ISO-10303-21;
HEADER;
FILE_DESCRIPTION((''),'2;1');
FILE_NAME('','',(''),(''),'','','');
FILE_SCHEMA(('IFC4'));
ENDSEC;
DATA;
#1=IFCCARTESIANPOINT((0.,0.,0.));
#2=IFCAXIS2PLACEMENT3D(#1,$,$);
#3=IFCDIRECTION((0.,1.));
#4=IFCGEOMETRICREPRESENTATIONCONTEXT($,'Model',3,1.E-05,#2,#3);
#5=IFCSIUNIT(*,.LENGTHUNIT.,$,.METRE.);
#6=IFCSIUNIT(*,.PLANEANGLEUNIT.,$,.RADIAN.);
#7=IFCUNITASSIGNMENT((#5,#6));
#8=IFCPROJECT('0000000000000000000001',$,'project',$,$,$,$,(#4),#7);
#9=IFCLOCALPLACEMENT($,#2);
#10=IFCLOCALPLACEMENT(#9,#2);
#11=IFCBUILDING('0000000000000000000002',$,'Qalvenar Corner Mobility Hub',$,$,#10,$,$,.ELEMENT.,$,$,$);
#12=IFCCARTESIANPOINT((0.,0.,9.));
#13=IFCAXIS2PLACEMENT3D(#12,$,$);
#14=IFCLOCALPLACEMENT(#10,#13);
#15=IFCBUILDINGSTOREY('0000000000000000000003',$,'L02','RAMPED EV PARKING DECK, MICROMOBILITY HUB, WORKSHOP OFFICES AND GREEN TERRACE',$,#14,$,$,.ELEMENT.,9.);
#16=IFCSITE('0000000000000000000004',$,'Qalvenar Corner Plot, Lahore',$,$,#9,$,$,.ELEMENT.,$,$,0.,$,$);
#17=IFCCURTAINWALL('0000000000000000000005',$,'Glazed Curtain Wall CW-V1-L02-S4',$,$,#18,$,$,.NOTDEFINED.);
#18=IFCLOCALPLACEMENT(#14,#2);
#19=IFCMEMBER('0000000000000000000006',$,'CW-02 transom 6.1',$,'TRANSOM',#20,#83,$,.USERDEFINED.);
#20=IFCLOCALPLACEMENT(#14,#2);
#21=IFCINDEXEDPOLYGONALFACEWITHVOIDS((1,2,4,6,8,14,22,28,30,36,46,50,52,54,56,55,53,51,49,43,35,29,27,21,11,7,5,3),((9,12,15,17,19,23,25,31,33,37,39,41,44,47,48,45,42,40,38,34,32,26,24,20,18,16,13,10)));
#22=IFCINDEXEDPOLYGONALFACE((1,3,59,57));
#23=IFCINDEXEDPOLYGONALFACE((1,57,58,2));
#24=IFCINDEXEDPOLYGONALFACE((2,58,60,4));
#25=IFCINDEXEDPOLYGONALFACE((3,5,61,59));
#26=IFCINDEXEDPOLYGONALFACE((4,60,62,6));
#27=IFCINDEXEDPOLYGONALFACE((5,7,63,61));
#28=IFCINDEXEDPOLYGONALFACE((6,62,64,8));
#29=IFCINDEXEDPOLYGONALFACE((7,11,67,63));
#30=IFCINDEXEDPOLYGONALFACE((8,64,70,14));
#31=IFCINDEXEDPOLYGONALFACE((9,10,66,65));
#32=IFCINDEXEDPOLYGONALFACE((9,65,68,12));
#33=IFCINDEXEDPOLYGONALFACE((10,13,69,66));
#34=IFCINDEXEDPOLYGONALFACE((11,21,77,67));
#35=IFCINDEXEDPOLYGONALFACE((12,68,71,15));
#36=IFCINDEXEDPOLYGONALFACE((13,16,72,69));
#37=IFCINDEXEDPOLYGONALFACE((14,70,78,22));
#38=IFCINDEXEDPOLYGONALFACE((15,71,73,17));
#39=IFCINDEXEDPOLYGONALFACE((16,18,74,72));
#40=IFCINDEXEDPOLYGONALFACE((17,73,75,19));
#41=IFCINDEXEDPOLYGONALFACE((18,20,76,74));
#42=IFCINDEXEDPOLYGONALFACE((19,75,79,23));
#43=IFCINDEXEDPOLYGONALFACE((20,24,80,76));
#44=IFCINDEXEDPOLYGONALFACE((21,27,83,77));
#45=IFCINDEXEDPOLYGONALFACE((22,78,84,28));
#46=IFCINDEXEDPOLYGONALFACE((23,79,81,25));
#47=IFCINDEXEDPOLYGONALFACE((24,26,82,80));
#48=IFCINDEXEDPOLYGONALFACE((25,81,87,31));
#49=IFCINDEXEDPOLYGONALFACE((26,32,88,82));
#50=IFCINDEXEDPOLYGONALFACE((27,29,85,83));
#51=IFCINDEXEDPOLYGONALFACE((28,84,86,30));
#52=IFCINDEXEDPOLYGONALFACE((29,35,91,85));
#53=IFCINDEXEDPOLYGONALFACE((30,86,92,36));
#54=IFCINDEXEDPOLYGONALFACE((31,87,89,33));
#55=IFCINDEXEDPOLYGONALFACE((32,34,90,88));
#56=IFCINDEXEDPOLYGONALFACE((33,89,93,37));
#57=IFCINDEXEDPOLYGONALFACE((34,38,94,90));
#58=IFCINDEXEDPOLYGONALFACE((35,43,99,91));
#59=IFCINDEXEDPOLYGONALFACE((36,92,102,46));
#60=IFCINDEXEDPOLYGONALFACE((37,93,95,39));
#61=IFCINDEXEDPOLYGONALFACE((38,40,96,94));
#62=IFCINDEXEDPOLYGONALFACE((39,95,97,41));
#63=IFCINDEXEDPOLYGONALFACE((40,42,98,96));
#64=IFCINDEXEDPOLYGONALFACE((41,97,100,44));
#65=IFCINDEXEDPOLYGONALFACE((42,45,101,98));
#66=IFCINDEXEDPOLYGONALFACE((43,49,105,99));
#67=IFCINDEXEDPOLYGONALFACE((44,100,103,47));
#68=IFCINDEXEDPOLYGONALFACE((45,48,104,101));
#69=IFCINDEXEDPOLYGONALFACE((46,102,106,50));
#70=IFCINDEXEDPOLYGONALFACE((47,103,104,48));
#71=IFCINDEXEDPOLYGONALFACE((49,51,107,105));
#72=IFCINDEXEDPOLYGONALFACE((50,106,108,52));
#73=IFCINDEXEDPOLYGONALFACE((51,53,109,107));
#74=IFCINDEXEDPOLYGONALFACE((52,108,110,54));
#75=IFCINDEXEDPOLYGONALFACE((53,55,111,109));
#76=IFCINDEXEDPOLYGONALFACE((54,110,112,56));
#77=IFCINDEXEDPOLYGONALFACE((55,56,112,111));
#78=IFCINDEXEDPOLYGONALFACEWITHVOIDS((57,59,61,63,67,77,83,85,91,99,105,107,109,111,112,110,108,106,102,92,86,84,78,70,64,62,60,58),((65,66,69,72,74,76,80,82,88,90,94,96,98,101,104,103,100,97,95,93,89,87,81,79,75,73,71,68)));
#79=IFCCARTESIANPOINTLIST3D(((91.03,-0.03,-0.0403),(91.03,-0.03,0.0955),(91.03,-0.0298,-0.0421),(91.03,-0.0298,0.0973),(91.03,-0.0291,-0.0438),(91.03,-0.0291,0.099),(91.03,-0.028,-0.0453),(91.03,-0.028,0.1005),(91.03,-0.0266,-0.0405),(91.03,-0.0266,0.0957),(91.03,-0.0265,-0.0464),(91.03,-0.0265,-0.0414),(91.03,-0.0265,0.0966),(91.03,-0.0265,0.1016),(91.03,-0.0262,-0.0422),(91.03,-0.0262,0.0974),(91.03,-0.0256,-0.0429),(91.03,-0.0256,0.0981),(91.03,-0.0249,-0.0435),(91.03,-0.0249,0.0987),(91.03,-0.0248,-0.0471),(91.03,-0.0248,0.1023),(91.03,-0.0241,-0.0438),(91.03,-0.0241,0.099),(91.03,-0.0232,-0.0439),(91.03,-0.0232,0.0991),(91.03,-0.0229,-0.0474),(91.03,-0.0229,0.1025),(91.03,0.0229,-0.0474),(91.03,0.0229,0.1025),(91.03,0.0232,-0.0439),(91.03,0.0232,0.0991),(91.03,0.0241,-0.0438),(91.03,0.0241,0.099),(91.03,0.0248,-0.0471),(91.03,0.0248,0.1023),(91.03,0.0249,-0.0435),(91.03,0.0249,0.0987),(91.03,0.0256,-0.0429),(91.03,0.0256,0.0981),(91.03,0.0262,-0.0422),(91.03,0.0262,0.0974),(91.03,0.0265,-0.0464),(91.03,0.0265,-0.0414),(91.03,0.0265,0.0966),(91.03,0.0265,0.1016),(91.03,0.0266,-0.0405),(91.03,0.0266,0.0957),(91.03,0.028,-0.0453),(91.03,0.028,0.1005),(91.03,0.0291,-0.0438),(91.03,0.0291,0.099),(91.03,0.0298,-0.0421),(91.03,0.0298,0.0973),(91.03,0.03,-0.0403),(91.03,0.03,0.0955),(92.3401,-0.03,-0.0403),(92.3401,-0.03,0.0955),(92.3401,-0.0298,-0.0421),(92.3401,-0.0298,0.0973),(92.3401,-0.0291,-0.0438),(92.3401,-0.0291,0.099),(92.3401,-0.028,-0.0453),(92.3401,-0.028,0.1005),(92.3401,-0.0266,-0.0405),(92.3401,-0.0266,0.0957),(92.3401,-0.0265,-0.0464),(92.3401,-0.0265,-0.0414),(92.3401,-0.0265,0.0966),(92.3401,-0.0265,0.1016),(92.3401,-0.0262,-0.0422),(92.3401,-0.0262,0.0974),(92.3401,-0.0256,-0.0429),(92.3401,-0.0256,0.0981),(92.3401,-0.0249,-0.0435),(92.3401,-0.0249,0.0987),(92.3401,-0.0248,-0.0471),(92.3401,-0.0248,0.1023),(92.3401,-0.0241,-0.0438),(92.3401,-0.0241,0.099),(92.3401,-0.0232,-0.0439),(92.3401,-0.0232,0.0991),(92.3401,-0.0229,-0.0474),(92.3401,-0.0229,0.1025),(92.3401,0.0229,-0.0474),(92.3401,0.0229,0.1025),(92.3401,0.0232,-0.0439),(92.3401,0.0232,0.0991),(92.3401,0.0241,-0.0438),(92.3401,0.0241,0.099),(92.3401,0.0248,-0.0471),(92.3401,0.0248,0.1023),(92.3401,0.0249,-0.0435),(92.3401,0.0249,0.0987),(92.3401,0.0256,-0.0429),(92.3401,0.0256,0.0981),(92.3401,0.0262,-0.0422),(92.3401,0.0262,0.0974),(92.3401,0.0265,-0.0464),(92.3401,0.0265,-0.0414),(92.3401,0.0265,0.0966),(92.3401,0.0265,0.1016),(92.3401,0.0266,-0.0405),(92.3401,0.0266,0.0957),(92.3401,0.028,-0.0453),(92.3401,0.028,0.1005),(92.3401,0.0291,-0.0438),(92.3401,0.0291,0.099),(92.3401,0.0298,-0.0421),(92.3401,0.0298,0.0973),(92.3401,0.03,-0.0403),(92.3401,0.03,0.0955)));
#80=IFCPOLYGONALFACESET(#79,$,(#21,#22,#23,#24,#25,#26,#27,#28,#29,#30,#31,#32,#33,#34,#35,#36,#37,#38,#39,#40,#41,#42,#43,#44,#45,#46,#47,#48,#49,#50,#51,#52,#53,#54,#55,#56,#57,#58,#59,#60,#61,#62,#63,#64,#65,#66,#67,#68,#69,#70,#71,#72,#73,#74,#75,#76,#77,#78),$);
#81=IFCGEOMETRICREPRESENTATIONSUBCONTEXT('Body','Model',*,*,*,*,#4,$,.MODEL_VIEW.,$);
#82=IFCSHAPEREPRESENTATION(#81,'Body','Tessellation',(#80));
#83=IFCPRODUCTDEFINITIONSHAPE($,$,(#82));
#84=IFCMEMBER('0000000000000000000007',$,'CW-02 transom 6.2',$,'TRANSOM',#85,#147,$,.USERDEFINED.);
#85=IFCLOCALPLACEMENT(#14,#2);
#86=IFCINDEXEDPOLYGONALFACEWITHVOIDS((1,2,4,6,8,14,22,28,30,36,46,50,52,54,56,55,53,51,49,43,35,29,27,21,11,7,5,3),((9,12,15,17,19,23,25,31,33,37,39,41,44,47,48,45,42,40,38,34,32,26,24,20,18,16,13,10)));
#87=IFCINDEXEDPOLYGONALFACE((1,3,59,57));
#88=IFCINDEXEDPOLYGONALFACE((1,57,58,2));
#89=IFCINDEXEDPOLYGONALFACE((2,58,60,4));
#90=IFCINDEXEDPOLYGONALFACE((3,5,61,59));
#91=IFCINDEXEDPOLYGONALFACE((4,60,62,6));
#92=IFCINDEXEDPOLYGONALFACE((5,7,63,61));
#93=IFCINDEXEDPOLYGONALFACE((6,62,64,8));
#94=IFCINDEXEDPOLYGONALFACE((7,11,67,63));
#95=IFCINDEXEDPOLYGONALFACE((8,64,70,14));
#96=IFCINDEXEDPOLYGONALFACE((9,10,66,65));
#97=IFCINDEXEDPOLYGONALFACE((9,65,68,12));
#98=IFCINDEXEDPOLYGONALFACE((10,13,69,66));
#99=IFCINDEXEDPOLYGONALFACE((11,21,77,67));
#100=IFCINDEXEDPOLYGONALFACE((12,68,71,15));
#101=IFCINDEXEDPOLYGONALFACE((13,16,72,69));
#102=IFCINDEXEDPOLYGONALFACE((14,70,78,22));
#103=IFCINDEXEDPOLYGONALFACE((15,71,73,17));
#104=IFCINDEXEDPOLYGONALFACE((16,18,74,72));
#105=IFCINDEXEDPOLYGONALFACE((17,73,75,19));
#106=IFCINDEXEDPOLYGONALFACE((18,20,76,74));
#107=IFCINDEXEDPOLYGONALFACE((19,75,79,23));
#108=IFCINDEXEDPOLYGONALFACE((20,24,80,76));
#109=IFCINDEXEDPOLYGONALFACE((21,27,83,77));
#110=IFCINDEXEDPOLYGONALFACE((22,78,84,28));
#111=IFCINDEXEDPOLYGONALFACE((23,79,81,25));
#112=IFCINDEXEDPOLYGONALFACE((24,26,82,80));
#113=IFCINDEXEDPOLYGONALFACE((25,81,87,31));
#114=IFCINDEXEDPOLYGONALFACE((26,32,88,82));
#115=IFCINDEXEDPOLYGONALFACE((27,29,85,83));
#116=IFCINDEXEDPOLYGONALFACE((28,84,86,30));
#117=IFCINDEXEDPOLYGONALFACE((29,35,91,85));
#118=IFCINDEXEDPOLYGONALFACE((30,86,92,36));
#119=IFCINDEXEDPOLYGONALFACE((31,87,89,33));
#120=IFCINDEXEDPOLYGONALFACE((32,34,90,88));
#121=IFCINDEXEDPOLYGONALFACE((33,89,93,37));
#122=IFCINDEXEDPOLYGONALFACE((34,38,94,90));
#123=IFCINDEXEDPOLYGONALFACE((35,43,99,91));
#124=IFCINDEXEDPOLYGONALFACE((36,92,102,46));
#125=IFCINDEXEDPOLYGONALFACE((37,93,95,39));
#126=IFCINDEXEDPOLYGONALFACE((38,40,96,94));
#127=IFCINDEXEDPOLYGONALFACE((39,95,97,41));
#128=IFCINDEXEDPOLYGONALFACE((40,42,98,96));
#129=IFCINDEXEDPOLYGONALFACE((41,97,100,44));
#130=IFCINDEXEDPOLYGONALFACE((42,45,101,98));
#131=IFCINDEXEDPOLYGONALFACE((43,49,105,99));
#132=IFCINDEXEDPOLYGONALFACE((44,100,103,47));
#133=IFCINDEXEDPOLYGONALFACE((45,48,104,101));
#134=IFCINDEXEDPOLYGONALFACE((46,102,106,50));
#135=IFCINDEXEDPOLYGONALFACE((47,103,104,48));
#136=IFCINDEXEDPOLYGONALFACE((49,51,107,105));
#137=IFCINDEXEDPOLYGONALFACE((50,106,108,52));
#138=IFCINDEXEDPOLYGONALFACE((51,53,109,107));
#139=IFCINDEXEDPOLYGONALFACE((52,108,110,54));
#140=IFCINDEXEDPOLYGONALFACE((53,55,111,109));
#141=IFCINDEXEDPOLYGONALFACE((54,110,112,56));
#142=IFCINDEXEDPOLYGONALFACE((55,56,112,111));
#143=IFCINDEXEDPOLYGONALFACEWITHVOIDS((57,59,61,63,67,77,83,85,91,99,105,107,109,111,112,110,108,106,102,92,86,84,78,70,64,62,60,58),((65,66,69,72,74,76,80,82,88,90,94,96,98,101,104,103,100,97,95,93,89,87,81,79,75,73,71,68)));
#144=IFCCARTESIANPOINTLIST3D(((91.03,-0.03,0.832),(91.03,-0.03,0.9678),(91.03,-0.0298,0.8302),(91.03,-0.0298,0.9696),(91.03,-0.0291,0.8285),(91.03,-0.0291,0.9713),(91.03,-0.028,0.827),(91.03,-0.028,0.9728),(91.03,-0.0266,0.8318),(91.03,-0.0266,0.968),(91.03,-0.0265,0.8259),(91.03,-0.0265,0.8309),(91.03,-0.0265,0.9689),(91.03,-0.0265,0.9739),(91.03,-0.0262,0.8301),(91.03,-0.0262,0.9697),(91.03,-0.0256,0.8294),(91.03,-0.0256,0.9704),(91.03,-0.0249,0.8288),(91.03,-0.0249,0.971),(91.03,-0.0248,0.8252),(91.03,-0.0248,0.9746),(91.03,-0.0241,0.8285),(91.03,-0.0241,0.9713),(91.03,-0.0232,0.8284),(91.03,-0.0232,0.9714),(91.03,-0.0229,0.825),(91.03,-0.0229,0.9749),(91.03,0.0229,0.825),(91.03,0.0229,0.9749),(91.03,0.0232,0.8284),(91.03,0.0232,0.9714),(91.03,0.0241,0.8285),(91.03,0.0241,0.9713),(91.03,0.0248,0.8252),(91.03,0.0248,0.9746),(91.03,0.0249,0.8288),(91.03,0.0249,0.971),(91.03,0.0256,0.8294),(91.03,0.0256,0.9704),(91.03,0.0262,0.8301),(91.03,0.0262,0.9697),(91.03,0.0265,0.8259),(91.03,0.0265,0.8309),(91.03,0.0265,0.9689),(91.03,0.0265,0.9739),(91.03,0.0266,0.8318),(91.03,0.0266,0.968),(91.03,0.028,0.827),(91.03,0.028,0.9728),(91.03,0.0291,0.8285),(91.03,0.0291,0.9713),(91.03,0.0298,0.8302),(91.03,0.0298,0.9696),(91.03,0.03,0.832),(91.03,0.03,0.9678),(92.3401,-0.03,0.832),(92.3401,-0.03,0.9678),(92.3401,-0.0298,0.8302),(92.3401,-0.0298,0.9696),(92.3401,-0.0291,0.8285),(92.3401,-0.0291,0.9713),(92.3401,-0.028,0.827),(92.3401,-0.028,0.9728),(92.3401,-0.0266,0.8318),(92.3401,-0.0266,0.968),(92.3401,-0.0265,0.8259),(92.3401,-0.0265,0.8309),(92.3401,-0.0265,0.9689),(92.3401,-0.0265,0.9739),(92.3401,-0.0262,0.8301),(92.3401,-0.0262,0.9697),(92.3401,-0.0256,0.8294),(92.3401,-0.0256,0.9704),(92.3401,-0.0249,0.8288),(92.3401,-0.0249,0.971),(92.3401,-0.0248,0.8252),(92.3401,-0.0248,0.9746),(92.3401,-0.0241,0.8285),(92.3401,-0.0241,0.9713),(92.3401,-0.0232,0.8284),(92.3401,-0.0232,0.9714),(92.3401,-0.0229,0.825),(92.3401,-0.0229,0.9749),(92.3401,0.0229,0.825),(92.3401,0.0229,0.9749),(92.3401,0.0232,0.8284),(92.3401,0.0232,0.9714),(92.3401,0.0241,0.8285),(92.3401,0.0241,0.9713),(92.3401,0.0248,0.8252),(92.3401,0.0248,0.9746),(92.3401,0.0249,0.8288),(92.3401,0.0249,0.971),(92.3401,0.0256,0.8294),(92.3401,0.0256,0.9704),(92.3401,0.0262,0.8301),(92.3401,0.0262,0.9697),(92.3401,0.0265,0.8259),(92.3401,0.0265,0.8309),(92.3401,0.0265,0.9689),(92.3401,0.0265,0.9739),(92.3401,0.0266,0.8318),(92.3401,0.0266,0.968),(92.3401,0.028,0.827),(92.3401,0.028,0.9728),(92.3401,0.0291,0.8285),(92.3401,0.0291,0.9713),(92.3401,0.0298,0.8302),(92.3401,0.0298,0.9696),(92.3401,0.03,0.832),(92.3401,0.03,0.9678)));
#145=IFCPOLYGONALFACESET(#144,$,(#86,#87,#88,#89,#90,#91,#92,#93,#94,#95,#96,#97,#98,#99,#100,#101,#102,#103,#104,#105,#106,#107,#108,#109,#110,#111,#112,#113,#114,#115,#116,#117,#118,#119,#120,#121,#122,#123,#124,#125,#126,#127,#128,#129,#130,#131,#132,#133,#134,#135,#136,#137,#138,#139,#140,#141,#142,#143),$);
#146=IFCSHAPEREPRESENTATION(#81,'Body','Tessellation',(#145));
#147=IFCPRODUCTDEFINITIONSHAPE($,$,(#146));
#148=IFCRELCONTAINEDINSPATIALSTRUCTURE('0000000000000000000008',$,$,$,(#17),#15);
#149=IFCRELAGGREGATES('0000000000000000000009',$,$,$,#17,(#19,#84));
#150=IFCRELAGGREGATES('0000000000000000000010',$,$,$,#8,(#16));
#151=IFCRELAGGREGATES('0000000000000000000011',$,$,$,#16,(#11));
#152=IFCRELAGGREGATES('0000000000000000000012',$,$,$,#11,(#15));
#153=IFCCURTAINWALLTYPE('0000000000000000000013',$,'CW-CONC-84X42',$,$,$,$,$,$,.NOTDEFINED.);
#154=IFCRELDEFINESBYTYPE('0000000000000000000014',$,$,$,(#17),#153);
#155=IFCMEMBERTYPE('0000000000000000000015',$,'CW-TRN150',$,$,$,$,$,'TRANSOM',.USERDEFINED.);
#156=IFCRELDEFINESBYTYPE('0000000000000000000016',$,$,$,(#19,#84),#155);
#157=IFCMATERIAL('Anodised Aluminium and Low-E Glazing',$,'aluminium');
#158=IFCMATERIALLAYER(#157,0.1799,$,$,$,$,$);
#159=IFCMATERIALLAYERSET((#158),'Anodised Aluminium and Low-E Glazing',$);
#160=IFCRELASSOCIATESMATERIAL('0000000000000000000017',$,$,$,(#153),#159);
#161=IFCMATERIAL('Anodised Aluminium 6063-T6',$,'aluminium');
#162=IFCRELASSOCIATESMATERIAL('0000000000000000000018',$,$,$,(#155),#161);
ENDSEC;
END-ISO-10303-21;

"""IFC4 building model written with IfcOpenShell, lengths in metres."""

from ifc_helpers import new_model, si_unit, direction, frame, origin, origin_2d, place, context, subcontext, project, spatial, hollow_rectangle, extrude, material, layer, layer_set, material_profile, profile_set, type_object, element, aggregate, save


model = new_model("IFC4")

# Units and contexts
model_context = context("Model", 3, precision=1e-05, world=origin(), true_north=direction((0.0, 1.0)))
body_context = subcontext(model_context, "Body", "Model", "MODEL_VIEW")
ifc_project = project(units=[si_unit("LENGTHUNIT", "METRE"), si_unit("PLANEANGLEUNIT", "RADIAN")], contexts=[model_context])

# Site, building, storey
site_placement = place(None, origin())
site = spatial("IfcSite", under=ifc_project, at=site_placement, Name="Qalvenar Corner Plot, Lahore", CompositionType="ELEMENT", RefElevation=0.0)
building_placement = place(site_placement, origin())
building = spatial("IfcBuilding", under=site, at=building_placement, Name="Qalvenar Corner Mobility Hub", CompositionType="ELEMENT")
storey_placement = place(building_placement, frame((0.0, 0.0, 9.0)))
storey = spatial("IfcBuildingStorey", under=building, at=storey_placement, Name="L02", Description="RAMPED EV PARKING DECK, MICROMOBILITY HUB, WORKSHOP OFFICES AND GREEN TERRACE", CompositionType="ELEMENT", Elevation=9.0)

# Curtain wall, members
ifc_material_1 = material(Name="Anodised Aluminium and Low-E Glazing", Category="aluminium")
ifc_layer_1 = layer(ifc_material_1, 0.1799)
ifc_layer_set_1 = layer_set([ifc_layer_1], Name="Anodised Aluminium and Low-E Glazing")
curtain_wall_type = type_object("IfcCurtainWallType", Name="CW-CONC-84X42", PredefinedType="NOTDEFINED", material=ifc_layer_set_1)
curtain_wall_placement = place(storey_placement, origin())
curtain_wall = element("IfcCurtainWall", 1, at=curtain_wall_placement, inside=storey, type_object=curtain_wall_type, Name="Glazed Curtain Wall CW-V1-L02-S4", PredefinedType="NOTDEFINED")
ifc_material_2 = material(Name="Anodised Aluminium 6063-T6", Category="aluminium")
ifc_material_profile_1 = material_profile(ifc_material_2, hollow_rectangle(XDim=0.0601, YDim=0.1499, WallThickness=0.0034, InnerFilletRadius=0.0034, OuterFilletRadius=0.0071, at=origin_2d()), Name="RHS150x60x3.5")
ifc_profile_set_1 = profile_set([ifc_material_profile_1], Name="Anodised Aluminium 6063-T6")
member_type_1 = type_object("IfcMemberType", Name="CW-TRN150", ElementType="TRANSOM", PredefinedType="USERDEFINED", material=ifc_profile_set_1)
member_1_placement = place(storey_placement, frame((91.03, 0.0, 0.0276), z_axis=(1.0, 0.0, 0.0), x_axis=(0.0, 1.0, 0.0)))
member_1 = element("IfcMember", 2, at=member_1_placement, type_object=member_type_1, Name="CW-02 transom 6.1", ObjectType="TRANSOM", PredefinedType="USERDEFINED", context=body_context, shape_type="SweptSolid", body=[
    extrude(hollow_rectangle(XDim=0.0601, YDim=0.1499, WallThickness=0.0034, InnerFilletRadius=0.0034, OuterFilletRadius=0.0071, at=origin_2d()), origin(), (0.0, 0.0, 1.0), 1.3101),
])
member_2_placement = place(storey_placement, frame((91.03, 0.0, 0.8999), z_axis=(1.0, 0.0, 0.0), x_axis=(0.0, 1.0, 0.0)))
member_2 = element("IfcMember", 3, at=member_2_placement, type_object=member_type_1, Name="CW-02 transom 6.2", ObjectType="TRANSOM", PredefinedType="USERDEFINED", context=body_context, shape_type="SweptSolid", body=[
    extrude(hollow_rectangle(XDim=0.0601, YDim=0.1499, WallThickness=0.0034, InnerFilletRadius=0.0034, OuterFilletRadius=0.0071, at=origin_2d()), origin(), (0.0, 0.0, 1.0), 1.3101),
])

aggregate(curtain_wall, [member_1, member_2])

save(model, "model.ifc")
